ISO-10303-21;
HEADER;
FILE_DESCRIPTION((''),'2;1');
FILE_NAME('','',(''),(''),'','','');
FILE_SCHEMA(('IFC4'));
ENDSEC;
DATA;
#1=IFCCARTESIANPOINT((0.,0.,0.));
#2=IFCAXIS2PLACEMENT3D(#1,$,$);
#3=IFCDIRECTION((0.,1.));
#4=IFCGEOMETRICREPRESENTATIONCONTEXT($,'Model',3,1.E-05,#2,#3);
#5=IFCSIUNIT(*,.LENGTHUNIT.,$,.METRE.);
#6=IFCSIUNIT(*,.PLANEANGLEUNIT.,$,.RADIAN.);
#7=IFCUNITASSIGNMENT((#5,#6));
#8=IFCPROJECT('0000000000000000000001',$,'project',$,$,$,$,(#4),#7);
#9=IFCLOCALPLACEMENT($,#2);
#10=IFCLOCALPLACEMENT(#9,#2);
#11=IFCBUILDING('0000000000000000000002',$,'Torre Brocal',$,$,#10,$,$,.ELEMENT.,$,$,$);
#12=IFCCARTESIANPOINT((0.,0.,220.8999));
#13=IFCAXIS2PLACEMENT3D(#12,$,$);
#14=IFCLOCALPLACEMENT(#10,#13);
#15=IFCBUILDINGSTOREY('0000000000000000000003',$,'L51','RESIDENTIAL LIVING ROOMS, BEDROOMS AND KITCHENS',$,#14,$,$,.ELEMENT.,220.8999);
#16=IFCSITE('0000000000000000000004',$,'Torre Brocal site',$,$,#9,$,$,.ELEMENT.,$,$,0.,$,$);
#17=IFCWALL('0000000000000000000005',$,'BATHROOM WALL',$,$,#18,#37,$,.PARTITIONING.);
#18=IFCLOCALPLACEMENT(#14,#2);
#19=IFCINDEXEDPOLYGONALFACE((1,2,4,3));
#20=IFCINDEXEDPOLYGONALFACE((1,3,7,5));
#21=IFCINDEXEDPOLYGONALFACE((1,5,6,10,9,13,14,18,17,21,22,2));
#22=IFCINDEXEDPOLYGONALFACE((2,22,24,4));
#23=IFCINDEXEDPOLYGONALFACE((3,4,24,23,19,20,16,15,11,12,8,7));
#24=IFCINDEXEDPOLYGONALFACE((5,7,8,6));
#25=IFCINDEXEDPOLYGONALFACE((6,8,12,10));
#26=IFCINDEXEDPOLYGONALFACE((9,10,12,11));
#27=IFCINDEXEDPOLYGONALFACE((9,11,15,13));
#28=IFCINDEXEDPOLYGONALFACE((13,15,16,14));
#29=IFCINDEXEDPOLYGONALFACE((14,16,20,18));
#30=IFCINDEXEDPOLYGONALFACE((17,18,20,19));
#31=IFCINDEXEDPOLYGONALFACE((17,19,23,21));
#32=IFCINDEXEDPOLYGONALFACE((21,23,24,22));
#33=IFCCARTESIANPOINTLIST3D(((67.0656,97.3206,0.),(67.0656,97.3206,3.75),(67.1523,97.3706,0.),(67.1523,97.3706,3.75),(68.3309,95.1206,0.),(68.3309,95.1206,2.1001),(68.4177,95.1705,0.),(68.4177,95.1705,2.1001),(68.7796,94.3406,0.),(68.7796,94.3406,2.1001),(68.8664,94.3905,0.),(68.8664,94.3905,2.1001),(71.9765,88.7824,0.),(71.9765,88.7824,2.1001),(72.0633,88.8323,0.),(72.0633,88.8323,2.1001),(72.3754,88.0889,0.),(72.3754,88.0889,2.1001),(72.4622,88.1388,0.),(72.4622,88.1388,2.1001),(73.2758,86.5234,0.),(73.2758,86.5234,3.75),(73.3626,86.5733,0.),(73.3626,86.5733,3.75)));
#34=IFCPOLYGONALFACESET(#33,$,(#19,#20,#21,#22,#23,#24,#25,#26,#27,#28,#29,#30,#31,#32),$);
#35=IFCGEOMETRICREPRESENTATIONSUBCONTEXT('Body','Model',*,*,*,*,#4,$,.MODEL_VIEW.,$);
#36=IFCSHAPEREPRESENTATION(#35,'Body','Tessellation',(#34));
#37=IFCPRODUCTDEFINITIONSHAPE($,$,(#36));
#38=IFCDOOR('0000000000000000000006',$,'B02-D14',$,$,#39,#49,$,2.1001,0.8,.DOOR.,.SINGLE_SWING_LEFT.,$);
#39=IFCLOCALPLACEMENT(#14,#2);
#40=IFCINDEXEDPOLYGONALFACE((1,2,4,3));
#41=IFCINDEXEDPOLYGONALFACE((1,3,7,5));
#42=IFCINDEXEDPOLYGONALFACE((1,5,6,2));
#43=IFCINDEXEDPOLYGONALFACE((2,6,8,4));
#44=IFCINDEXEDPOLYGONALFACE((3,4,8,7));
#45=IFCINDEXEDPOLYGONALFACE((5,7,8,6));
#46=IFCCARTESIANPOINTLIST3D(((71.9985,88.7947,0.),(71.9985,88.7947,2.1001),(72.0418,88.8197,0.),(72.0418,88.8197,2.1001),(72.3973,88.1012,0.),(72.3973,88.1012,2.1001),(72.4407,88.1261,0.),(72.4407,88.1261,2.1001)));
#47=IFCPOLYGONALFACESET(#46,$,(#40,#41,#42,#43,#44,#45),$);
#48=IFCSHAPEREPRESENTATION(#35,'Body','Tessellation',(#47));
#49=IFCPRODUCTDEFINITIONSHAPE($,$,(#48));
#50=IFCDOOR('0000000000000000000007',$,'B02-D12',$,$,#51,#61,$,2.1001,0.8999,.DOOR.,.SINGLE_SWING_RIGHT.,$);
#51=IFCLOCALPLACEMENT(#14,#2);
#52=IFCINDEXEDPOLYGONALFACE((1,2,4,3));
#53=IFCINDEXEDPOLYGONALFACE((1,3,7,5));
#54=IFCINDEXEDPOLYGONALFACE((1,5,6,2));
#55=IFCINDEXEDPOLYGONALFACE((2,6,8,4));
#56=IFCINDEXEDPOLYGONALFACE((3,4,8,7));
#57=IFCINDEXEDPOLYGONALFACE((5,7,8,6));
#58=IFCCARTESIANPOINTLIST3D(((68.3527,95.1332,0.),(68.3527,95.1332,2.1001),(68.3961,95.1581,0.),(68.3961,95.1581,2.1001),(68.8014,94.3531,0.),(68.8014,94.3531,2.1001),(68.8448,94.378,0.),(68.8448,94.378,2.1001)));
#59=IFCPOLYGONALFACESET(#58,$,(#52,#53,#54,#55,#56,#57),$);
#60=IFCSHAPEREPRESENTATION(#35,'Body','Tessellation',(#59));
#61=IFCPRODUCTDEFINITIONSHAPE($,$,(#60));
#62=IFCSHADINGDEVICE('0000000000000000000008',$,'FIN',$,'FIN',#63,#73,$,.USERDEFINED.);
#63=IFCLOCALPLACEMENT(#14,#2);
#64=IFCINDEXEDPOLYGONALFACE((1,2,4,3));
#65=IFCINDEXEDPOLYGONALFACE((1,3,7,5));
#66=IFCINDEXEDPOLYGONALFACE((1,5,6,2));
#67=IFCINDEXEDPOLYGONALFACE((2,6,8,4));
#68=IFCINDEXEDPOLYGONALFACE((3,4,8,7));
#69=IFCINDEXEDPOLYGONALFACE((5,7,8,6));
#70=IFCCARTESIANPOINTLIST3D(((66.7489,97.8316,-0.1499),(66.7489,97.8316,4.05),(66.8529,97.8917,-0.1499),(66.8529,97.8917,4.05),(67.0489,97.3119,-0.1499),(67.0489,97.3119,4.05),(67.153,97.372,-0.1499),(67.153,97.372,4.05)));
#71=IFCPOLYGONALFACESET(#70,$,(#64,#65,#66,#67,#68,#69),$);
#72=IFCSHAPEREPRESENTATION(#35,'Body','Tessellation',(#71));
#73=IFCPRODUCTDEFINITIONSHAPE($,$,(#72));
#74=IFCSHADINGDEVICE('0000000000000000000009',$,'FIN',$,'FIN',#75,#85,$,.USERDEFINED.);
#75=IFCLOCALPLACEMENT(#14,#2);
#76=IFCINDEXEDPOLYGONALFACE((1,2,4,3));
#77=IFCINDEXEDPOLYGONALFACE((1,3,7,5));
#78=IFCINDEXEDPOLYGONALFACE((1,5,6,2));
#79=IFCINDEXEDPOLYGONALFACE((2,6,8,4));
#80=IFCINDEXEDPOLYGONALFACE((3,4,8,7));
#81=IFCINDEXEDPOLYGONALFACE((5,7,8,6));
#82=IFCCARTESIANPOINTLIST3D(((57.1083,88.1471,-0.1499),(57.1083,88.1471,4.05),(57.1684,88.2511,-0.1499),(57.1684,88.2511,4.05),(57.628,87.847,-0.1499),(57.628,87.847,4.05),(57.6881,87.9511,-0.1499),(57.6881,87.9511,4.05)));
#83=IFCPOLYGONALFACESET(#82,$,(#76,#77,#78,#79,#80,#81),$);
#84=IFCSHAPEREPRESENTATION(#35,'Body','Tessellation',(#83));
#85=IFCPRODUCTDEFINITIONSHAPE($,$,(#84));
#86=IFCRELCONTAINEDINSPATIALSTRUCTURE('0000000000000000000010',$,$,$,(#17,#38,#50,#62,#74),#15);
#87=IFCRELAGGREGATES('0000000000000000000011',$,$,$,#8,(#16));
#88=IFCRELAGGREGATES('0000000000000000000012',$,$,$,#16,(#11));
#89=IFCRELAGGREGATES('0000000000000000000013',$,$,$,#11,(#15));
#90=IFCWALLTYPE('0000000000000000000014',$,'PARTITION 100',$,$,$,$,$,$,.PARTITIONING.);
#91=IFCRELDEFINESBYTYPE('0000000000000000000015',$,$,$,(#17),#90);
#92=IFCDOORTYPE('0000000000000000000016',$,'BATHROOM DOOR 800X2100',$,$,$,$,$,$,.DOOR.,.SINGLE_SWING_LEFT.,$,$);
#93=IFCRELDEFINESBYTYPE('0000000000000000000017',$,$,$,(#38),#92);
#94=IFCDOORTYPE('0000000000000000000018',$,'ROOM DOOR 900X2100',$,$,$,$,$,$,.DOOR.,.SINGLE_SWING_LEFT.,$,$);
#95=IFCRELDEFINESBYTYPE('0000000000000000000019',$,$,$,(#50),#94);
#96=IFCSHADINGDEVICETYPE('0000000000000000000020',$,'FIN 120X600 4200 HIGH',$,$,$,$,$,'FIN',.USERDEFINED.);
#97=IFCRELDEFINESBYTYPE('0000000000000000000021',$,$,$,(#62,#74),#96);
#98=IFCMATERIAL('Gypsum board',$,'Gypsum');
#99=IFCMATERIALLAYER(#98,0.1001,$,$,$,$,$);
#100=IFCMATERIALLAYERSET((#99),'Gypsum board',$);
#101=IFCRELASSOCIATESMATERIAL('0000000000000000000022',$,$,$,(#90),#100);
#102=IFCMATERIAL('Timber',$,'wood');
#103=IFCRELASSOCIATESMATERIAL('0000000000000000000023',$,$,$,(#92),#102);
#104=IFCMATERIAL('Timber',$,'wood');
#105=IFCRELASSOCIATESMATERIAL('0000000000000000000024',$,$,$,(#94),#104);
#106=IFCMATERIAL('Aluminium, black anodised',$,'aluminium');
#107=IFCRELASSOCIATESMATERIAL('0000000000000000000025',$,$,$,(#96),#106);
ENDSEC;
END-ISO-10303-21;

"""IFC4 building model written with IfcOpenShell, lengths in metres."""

from ifc_helpers import new_model, si_unit, direction, frame, frame_2d, origin, origin_2d, place, context, subcontext, project, spatial, rectangle, extrude, material, layer, layer_set, material_profile, profile_set, type_object, element, fill, save


model = new_model("IFC4")

# Units and contexts
model_context = context("Model", 3, precision=1e-05, world=origin(), true_north=direction((0.0, 1.0)))
body_context = subcontext(model_context, "Body", "Model", "MODEL_VIEW")
ifc_project = project(units=[si_unit("LENGTHUNIT", "METRE"), si_unit("PLANEANGLEUNIT", "RADIAN")], contexts=[model_context])

# Site, building, storey
site_placement = place(None, origin())
site = spatial("IfcSite", under=ifc_project, at=site_placement, Name="Torre Brocal site", CompositionType="ELEMENT", RefElevation=0.0)
building_placement = place(site_placement, origin())
building = spatial("IfcBuilding", under=site, at=building_placement, Name="Torre Brocal", CompositionType="ELEMENT")
storey_placement = place(building_placement, frame((0.0, 0.0, 220.8999)))
storey = spatial("IfcBuildingStorey", under=building, at=storey_placement, Name="L51", Description="RESIDENTIAL LIVING ROOMS, BEDROOMS AND KITCHENS", CompositionType="ELEMENT", Elevation=220.8999)

# Shared definitions
ifc_material_1 = material(Name="Gypsum board", Category="Gypsum")
ifc_layer_1 = layer(ifc_material_1, 0.1001)
ifc_layer_set_1 = layer_set([ifc_layer_1], Name="Gypsum board")
wall_type_1 = type_object("IfcWallType", Name="PARTITION 100", PredefinedType="PARTITIONING", material=ifc_layer_set_1)
ifc_material_2 = material(Name="Timber", Category="wood")
door_type_1 = type_object("IfcDoorType", Name="BATHROOM DOOR 800X2100", OperationType="SINGLE_SWING_LEFT", PredefinedType="DOOR", material=ifc_material_2)
ifc_material_3 = material(Name="Timber", Category="wood")
door_type_2 = type_object("IfcDoorType", Name="ROOM DOOR 900X2100", OperationType="SINGLE_SWING_LEFT", PredefinedType="DOOR", material=ifc_material_3)

# Wall, openings, doors
wall_1_placement = place(storey_placement, frame((67.1089, 97.3457, 0.0), z_axis=(0.0, 0.0, 1.0), x_axis=(0.498583, -0.866842, 0.0)))
wall_1 = element("IfcWall", 1, at=wall_1_placement, inside=storey, type_object=wall_type_1, Name="BATHROOM WALL", PredefinedType="PARTITIONING", context=body_context, shape_type="SweptSolid", body=[
    extrude(rectangle(XDim=12.4558, YDim=0.1001, at=frame_2d((6.228, 0.0))), origin(), (0.0, 0.0, 1.0), 3.75),
])
opening_1_placement = place(wall_1_placement, frame((2.5381, 0.0, 0.0)))
opening_1 = element("IfcOpeningElement", 2, at=opening_1_placement, cuts=wall_1, PredefinedType="OPENING", context=body_context, shape_type="SweptSolid", body=[
    extrude(rectangle(XDim=0.8999, YDim=2.1001, at=frame_2d((0.45, 1.05))), frame((0.0, 0.0601, 0.0), z_axis=(0.0, -1.0, 0.0), x_axis=(1.0, 0.0, 0.0)), (0.0, 0.0, 1.0), 0.1201),
])
opening_2_placement = place(wall_1_placement, frame((9.8501, 0.0, 0.0)))
opening_2 = element("IfcOpeningElement", 3, at=opening_2_placement, cuts=wall_1, PredefinedType="OPENING", context=body_context, shape_type="SweptSolid", body=[
    extrude(rectangle(XDim=0.8, YDim=2.1001, at=frame_2d((0.3999, 1.05))), frame((0.0, 0.0601, 0.0), z_axis=(0.0, -1.0, 0.0), x_axis=(1.0, 0.0, 0.0)), (0.0, 0.0, 1.0), 0.1201),
])
door_1_placement = place(opening_2_placement, frame((0.8, 0.0, 0.0), z_axis=(0.0, 0.0, 1.0), x_axis=(-1.0, 0.0, 0.0)))
door_1 = element("IfcDoor", 4, at=door_1_placement, inside=storey, type_object=door_type_1, Name="B02-D14", OperationType="SINGLE_SWING_LEFT", OverallHeight=2.1001, OverallWidth=0.8, PredefinedType="DOOR", context=body_context, shape_type="SweptSolid", body=[
    extrude(rectangle(XDim=0.8, YDim=2.1001, at=frame_2d((0.3999, 1.05))), frame((0.0, 0.0249, 0.0), z_axis=(0.0, -1.0, 0.0), x_axis=(1.0, 0.0, 0.0)), (0.0, 0.0, 1.0), 0.05),
])
fill(opening_2, door_1)
door_2_placement = place(opening_1_placement, frame((0.8999, 0.0, 0.0), z_axis=(0.0, 0.0, 1.0), x_axis=(-1.0, 0.0, 0.0)))
door_2 = element("IfcDoor", 5, at=door_2_placement, inside=storey, type_object=door_type_2, Name="B02-D12", OperationType="SINGLE_SWING_RIGHT", OverallHeight=2.1001, OverallWidth=0.8999, PredefinedType="DOOR", context=body_context, shape_type="SweptSolid", body=[
    extrude(rectangle(XDim=0.8999, YDim=2.1001, at=frame_2d((0.45, 1.05))), frame((0.0, 0.0249, 0.0), z_axis=(0.0, -1.0, 0.0), x_axis=(1.0, 0.0, 0.0)), (0.0, 0.0, 1.0), 0.05),
])
fill(opening_1, door_2)

# Shading devices
ifc_material_4 = material(Name="Aluminium, black anodised", Category="aluminium")
ifc_material_profile_1 = material_profile(ifc_material_4, rectangle(XDim=0.1201, YDim=0.6001, at=origin_2d()), Name="FIN 120X600 4200 HIGH")
ifc_profile_set_1 = profile_set([ifc_material_profile_1], Name="Aluminium, black anodised")
shading_device_type = type_object("IfcShadingDeviceType", Name="FIN 120X600 4200 HIGH", ElementType="FIN", PredefinedType="USERDEFINED", material=ifc_profile_set_1)
for number, where, z_axis, x_axis, name in (
    (6, (66.9509, 97.6018, -0.1499), (0.0, 0.0, 1.0), (-0.866025, -0.5, 0.0), "FIN"),
    (7, (57.3982, 88.0491, -0.1499), (0.0, 0.0, 1.0), (-0.5, -0.866025, 0.0), "FIN"),
):
    element("IfcShadingDevice", number, at=place(storey_placement, frame(where, z_axis=z_axis, x_axis=x_axis)), inside=storey, type_object=shading_device_type, Name=name, ObjectType="FIN", PredefinedType="USERDEFINED", context=body_context, shape_type="SweptSolid", body=[
        extrude(rectangle(XDim=0.1201, YDim=0.6001, at=origin_2d()), origin(), (0.0, 0.0, 1.0), 4.2),
    ])

save(model, "model.ifc")
